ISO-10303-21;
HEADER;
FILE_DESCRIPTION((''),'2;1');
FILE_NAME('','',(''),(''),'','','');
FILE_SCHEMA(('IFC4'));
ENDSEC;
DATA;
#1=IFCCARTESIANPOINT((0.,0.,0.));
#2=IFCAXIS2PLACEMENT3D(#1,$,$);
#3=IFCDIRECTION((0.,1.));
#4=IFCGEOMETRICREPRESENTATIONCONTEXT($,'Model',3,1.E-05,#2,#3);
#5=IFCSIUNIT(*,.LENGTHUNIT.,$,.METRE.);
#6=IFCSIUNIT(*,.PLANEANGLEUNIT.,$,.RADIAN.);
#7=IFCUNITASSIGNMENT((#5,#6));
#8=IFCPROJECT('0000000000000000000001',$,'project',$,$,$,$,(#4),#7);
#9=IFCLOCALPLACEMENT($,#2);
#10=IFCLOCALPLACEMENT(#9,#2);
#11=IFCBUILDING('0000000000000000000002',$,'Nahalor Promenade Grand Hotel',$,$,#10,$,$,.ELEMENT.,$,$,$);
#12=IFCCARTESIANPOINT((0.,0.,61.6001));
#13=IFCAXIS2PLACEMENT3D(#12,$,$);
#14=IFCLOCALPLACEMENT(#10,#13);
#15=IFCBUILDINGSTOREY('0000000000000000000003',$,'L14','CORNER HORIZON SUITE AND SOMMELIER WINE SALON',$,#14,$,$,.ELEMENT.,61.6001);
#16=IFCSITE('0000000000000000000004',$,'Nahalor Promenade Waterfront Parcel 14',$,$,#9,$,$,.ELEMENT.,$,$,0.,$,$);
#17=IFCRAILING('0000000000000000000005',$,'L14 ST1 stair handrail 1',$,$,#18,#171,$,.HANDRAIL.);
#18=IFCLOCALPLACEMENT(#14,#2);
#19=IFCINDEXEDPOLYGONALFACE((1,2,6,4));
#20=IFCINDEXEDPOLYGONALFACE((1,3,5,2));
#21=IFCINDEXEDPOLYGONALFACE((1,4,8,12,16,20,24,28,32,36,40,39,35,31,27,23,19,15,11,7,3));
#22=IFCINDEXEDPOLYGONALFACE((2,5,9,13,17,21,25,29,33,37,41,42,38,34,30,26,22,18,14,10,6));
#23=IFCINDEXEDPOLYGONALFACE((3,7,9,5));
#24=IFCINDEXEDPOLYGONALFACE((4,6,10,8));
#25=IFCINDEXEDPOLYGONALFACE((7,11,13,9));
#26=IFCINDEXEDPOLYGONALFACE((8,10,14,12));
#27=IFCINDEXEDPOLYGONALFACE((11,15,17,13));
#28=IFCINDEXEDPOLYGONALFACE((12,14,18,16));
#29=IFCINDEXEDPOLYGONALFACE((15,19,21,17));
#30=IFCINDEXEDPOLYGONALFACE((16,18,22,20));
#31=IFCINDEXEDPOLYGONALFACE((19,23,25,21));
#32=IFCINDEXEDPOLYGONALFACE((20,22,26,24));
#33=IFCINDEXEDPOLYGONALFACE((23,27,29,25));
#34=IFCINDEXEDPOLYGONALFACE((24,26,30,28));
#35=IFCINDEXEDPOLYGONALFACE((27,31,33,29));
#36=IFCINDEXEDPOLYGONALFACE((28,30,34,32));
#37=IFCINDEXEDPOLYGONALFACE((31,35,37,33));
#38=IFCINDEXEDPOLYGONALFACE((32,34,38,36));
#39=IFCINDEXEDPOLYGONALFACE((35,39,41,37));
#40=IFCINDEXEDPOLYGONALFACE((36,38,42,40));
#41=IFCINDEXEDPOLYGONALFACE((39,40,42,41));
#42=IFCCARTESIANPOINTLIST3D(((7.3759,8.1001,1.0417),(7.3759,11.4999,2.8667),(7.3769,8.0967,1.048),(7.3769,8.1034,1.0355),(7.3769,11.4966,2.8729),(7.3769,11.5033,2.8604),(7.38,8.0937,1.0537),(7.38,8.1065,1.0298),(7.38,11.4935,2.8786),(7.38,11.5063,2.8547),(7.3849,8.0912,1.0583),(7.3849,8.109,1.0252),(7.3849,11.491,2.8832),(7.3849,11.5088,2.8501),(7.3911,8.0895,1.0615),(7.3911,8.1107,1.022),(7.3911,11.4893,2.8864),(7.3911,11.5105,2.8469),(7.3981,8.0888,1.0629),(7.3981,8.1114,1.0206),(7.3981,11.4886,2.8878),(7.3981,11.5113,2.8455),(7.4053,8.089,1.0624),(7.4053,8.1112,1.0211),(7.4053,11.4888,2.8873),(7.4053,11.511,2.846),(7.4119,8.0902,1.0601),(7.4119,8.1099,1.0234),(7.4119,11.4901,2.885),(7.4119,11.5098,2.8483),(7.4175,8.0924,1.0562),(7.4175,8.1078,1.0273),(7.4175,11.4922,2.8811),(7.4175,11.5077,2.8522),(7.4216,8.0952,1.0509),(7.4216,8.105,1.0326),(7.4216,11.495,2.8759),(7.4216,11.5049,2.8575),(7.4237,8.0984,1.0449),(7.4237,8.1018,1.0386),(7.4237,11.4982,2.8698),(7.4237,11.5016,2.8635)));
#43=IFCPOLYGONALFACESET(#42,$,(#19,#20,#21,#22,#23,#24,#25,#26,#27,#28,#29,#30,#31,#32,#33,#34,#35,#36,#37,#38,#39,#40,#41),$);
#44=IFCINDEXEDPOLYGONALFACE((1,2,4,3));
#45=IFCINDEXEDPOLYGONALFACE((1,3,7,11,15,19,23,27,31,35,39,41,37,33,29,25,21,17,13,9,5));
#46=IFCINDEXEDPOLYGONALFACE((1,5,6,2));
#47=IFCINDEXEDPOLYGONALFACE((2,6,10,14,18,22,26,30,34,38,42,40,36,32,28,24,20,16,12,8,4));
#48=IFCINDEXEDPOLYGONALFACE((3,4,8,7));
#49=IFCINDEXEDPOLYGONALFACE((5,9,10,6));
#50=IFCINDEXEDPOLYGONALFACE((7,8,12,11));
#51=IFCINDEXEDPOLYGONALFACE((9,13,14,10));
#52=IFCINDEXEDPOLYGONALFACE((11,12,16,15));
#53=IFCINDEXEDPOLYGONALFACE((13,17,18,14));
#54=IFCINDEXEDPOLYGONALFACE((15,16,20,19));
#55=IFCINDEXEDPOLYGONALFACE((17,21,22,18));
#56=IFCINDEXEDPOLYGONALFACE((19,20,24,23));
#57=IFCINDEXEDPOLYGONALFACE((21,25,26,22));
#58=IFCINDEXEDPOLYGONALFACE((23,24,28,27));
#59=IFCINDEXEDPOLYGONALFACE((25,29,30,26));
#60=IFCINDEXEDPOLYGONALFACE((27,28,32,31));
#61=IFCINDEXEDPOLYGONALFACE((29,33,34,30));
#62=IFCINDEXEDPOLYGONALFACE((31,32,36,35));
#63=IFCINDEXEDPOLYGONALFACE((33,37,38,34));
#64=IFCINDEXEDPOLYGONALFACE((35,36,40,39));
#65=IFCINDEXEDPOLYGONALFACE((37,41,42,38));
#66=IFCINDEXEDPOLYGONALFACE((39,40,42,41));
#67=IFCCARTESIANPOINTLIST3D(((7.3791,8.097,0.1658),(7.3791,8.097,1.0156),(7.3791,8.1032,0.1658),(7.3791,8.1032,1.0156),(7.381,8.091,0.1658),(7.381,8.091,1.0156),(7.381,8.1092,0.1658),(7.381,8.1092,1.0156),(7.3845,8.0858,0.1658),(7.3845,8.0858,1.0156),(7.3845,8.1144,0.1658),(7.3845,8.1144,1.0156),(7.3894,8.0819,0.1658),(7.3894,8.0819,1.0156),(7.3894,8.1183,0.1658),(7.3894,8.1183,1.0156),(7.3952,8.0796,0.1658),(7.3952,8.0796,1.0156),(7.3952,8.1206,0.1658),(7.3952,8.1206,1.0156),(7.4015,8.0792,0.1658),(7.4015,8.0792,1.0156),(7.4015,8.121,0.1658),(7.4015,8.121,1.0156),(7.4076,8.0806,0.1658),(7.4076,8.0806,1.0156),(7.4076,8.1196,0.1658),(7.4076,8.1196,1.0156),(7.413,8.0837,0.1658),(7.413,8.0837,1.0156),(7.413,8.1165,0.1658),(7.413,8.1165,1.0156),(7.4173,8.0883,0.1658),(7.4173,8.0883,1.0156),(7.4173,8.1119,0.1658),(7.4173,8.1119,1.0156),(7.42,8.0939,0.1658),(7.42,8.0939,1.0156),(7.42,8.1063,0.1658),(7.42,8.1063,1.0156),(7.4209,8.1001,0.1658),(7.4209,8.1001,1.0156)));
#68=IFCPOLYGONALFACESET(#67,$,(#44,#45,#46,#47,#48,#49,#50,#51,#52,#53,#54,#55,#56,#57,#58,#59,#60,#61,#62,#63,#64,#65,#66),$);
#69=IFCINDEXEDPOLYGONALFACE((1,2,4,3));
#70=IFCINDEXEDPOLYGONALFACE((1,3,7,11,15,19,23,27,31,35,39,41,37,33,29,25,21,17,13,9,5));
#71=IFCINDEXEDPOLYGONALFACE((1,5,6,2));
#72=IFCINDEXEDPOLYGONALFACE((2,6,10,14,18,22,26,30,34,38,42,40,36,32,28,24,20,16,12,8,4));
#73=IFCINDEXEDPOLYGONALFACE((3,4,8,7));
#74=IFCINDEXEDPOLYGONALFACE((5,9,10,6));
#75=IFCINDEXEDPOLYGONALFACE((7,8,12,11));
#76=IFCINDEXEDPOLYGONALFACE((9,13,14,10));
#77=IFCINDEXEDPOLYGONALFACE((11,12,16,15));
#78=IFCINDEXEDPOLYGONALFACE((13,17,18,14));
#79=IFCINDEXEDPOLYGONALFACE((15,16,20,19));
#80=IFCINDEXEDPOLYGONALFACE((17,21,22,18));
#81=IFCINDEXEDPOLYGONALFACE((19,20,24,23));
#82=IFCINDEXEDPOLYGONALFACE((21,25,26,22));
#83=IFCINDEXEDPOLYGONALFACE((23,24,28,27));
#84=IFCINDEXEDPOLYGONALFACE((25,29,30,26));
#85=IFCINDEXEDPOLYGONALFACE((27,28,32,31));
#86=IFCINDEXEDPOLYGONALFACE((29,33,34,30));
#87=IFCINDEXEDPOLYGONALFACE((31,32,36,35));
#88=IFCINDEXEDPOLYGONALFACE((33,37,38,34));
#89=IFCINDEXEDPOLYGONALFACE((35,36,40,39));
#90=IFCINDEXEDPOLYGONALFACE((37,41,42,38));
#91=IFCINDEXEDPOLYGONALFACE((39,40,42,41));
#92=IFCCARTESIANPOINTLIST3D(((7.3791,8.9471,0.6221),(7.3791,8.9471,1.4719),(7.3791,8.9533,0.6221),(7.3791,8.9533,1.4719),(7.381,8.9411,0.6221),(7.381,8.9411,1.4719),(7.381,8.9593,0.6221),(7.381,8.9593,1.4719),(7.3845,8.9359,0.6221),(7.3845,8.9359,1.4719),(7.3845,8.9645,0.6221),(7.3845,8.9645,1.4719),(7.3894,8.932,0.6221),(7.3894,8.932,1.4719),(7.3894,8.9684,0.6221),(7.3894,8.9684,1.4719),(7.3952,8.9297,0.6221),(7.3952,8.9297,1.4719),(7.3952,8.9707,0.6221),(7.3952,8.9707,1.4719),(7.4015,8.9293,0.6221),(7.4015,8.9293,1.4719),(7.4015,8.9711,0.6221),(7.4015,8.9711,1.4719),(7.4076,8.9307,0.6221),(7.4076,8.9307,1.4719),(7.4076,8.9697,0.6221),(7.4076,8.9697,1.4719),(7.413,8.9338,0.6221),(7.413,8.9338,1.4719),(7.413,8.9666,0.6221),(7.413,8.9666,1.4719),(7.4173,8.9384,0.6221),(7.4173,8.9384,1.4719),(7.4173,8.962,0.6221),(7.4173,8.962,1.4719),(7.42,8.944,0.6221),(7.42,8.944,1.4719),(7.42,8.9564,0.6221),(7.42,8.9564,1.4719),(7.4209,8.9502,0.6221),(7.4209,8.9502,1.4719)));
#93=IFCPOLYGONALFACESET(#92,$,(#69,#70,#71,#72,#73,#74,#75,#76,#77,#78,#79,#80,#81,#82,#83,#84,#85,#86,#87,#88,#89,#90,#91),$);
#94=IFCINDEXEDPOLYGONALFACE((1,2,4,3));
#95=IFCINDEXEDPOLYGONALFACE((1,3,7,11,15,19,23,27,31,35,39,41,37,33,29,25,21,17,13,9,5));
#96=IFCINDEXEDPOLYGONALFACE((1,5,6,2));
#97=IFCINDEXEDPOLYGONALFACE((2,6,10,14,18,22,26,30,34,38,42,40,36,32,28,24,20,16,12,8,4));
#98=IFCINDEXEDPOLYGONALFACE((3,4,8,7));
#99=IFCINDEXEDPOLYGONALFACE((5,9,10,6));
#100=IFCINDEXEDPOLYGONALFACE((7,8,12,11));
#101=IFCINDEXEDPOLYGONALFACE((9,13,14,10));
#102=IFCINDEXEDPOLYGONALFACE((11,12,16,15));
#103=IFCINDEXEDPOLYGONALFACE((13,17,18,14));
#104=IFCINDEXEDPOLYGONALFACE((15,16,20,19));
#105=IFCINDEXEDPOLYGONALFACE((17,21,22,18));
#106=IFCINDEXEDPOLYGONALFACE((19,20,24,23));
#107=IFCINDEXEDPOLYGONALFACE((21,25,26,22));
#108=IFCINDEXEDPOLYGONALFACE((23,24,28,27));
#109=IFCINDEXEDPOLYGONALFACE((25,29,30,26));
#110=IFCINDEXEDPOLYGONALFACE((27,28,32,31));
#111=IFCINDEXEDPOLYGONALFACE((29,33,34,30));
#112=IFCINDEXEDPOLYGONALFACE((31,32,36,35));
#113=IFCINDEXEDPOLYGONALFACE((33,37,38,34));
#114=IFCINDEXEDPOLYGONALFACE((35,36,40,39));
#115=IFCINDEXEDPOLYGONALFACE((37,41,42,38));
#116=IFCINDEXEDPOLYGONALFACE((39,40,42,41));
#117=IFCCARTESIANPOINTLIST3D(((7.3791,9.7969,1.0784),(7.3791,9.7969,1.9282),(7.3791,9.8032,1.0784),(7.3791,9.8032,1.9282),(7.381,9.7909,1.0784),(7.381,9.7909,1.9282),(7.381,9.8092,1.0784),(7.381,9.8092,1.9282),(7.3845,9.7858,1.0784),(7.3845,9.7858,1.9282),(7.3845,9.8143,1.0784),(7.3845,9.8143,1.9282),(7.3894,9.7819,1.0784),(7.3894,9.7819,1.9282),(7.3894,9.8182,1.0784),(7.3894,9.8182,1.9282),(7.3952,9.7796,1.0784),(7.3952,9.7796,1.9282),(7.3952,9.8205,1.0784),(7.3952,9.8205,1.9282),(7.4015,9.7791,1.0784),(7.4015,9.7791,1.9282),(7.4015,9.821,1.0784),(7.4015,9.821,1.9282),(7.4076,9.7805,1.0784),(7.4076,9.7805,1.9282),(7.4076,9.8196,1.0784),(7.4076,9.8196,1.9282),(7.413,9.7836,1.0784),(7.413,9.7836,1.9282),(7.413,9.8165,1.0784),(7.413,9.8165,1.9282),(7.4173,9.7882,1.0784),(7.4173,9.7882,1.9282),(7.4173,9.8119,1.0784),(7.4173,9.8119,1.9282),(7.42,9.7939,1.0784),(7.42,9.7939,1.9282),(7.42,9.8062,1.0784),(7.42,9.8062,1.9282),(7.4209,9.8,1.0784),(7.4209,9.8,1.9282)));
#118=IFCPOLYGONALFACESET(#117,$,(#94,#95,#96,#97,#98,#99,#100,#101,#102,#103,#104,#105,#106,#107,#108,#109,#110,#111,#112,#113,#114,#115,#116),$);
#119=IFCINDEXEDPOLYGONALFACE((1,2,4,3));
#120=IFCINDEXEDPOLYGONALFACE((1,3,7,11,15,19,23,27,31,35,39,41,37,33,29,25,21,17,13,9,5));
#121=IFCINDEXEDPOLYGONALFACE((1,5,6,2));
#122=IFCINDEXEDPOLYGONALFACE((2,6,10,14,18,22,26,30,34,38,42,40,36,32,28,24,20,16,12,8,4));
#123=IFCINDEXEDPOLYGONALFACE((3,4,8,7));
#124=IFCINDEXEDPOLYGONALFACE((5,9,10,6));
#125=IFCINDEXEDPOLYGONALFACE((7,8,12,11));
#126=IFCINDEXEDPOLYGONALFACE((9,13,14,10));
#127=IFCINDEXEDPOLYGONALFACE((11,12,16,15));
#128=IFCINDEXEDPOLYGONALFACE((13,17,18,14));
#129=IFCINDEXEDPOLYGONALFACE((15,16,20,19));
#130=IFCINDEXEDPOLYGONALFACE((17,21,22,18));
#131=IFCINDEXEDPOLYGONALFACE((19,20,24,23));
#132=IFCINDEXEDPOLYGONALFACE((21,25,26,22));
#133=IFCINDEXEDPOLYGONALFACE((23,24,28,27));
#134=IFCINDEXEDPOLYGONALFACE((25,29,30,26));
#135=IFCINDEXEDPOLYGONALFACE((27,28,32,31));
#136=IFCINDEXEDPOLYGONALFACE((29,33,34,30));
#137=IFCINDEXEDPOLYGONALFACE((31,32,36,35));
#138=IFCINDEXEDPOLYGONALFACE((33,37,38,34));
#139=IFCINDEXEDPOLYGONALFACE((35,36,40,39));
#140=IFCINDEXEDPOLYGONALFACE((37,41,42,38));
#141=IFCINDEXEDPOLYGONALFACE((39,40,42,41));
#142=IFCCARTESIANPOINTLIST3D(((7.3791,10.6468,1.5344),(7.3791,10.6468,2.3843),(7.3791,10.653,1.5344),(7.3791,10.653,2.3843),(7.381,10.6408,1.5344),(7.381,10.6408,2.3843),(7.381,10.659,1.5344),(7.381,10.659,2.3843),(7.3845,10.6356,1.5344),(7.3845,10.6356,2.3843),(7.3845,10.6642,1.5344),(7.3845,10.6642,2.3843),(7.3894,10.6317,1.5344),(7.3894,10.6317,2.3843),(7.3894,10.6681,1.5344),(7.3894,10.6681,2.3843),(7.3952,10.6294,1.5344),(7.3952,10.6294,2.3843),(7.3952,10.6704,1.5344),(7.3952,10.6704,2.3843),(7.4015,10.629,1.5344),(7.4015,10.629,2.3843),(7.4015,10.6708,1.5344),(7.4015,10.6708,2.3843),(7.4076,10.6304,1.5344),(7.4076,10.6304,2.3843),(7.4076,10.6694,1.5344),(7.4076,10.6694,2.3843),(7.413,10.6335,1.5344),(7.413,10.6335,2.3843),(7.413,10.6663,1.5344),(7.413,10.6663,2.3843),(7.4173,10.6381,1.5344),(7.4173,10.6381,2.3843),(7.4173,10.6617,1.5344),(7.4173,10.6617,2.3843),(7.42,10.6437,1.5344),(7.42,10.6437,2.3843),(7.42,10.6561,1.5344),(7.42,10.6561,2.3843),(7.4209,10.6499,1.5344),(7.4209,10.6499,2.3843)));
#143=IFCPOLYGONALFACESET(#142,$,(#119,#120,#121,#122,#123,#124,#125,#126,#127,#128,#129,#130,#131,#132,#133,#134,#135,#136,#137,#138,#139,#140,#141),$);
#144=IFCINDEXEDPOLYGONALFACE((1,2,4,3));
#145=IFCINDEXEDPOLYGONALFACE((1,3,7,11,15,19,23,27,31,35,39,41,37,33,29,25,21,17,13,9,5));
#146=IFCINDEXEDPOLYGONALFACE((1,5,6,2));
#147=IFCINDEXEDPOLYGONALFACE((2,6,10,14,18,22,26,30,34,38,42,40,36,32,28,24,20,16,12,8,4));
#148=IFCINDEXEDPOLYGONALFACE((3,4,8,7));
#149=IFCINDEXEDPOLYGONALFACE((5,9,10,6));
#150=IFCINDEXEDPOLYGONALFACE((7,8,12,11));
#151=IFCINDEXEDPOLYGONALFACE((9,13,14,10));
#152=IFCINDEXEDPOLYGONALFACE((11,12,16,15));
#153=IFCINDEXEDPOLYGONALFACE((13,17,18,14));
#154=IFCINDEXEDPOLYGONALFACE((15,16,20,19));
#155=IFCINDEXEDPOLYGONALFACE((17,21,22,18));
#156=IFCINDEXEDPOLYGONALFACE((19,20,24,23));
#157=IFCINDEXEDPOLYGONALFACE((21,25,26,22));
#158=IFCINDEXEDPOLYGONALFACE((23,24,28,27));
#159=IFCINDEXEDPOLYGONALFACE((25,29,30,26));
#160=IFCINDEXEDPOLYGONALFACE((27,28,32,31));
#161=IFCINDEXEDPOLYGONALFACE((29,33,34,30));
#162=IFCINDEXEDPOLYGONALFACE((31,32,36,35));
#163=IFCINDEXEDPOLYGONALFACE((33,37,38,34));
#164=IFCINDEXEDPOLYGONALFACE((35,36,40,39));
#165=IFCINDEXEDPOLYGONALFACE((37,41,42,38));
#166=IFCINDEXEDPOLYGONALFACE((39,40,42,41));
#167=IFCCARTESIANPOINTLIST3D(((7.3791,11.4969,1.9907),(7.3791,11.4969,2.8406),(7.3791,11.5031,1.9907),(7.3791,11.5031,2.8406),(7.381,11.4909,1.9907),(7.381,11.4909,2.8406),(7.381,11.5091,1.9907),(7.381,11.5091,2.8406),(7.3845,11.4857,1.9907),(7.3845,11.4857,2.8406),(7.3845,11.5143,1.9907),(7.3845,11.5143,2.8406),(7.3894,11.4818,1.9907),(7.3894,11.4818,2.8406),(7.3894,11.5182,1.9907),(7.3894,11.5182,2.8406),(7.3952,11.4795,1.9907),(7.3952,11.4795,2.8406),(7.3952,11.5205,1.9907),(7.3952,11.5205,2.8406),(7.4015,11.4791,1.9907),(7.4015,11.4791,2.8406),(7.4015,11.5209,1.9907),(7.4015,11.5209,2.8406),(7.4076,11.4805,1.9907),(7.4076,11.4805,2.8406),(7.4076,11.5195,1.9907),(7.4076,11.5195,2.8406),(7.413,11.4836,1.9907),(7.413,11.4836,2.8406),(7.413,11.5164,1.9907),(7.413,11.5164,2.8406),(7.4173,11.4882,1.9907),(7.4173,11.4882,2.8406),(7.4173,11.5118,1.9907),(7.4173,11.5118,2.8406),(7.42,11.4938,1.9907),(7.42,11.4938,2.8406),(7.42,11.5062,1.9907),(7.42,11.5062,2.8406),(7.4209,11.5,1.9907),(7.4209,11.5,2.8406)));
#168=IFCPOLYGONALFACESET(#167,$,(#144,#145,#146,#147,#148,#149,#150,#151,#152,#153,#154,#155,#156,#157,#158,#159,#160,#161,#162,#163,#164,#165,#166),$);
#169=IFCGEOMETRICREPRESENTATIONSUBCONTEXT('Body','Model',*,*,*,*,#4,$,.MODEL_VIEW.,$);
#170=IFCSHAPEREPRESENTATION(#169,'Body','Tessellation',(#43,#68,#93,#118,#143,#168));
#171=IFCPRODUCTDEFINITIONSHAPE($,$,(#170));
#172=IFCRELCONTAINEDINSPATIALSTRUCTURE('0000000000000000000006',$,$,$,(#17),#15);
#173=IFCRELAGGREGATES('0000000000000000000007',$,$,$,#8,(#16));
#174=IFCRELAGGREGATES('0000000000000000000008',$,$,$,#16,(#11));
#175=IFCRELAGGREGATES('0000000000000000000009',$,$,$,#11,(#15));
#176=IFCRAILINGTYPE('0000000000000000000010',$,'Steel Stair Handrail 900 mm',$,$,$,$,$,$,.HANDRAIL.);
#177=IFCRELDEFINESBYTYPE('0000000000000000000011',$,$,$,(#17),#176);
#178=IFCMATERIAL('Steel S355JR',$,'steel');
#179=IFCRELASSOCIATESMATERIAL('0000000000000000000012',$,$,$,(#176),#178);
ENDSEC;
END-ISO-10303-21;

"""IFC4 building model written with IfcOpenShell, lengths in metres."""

from ifc_helpers import new_model, si_unit, direction, frame, origin, origin_2d, place, context, subcontext, project, spatial, circle, extrude, material, type_object, element, save


model = new_model("IFC4")

# Units and contexts
model_context = context("Model", 3, precision=1e-05, world=origin(), true_north=direction((0.0, 1.0)))
body_context = subcontext(model_context, "Body", "Model", "MODEL_VIEW")
ifc_project = project(units=[si_unit("LENGTHUNIT", "METRE"), si_unit("PLANEANGLEUNIT", "RADIAN")], contexts=[model_context])

# Site, building, storey
site_placement = place(None, origin())
site = spatial("IfcSite", under=ifc_project, at=site_placement, Name="Nahalor Promenade Waterfront Parcel 14", CompositionType="ELEMENT", RefElevation=0.0)
building_placement = place(site_placement, origin())
building = spatial("IfcBuilding", under=site, at=building_placement, Name="Nahalor Promenade Grand Hotel", CompositionType="ELEMENT")
storey_placement = place(building_placement, frame((0.0, 0.0, 61.6001)))
storey = spatial("IfcBuildingStorey", under=building, at=storey_placement, Name="L14", Description="CORNER HORIZON SUITE AND SOMMELIER WINE SALON", CompositionType="ELEMENT", Elevation=61.6001)

# Shared definitions
ifc_material_1 = material(Name="Steel S355JR", Category="steel")

# Railing
railing_type_1 = type_object("IfcRailingType", Name="Steel Stair Handrail 900 mm", PredefinedType="HANDRAIL", material=ifc_material_1)
railing_1_placement = place(storey_placement, frame((7.3999, 8.1001, 0.1658)))
element("IfcRailing", 1, at=railing_1_placement, inside=storey, type_object=railing_type_1, Name="L14 ST1 stair handrail 1", PredefinedType="HANDRAIL", context=body_context, shape_type="SweptSolid", body=[
    extrude(circle(Radius=0.024, at=origin_2d()), frame((0.0, 0.0, 0.876), z_axis=(0.0, 0.881094, 0.472941), x_axis=(-1.0, 0.0, 0.0)), (0.0, 0.0, 1.0), 3.8586),
    extrude(circle(Radius=0.021, at=origin_2d()), origin(), (0.0, 0.0, 1.0), 0.8499),
    extrude(circle(Radius=0.021, at=origin_2d()), frame((0.0, 0.8501, 0.4563)), (0.0, 0.0, 1.0), 0.8499),
    extrude(circle(Radius=0.021, at=origin_2d()), frame((0.0, 1.7, 0.9126)), (0.0, 0.0, 1.0), 0.8499),
    extrude(circle(Radius=0.021, at=origin_2d()), frame((0.0, 2.5498, 1.3687)), (0.0, 0.0, 1.0), 0.8499),
    extrude(circle(Radius=0.021, at=origin_2d()), frame((0.0, 3.3999, 1.825)), (0.0, 0.0, 1.0), 0.8499),
])

save(model, "model.ifc")
